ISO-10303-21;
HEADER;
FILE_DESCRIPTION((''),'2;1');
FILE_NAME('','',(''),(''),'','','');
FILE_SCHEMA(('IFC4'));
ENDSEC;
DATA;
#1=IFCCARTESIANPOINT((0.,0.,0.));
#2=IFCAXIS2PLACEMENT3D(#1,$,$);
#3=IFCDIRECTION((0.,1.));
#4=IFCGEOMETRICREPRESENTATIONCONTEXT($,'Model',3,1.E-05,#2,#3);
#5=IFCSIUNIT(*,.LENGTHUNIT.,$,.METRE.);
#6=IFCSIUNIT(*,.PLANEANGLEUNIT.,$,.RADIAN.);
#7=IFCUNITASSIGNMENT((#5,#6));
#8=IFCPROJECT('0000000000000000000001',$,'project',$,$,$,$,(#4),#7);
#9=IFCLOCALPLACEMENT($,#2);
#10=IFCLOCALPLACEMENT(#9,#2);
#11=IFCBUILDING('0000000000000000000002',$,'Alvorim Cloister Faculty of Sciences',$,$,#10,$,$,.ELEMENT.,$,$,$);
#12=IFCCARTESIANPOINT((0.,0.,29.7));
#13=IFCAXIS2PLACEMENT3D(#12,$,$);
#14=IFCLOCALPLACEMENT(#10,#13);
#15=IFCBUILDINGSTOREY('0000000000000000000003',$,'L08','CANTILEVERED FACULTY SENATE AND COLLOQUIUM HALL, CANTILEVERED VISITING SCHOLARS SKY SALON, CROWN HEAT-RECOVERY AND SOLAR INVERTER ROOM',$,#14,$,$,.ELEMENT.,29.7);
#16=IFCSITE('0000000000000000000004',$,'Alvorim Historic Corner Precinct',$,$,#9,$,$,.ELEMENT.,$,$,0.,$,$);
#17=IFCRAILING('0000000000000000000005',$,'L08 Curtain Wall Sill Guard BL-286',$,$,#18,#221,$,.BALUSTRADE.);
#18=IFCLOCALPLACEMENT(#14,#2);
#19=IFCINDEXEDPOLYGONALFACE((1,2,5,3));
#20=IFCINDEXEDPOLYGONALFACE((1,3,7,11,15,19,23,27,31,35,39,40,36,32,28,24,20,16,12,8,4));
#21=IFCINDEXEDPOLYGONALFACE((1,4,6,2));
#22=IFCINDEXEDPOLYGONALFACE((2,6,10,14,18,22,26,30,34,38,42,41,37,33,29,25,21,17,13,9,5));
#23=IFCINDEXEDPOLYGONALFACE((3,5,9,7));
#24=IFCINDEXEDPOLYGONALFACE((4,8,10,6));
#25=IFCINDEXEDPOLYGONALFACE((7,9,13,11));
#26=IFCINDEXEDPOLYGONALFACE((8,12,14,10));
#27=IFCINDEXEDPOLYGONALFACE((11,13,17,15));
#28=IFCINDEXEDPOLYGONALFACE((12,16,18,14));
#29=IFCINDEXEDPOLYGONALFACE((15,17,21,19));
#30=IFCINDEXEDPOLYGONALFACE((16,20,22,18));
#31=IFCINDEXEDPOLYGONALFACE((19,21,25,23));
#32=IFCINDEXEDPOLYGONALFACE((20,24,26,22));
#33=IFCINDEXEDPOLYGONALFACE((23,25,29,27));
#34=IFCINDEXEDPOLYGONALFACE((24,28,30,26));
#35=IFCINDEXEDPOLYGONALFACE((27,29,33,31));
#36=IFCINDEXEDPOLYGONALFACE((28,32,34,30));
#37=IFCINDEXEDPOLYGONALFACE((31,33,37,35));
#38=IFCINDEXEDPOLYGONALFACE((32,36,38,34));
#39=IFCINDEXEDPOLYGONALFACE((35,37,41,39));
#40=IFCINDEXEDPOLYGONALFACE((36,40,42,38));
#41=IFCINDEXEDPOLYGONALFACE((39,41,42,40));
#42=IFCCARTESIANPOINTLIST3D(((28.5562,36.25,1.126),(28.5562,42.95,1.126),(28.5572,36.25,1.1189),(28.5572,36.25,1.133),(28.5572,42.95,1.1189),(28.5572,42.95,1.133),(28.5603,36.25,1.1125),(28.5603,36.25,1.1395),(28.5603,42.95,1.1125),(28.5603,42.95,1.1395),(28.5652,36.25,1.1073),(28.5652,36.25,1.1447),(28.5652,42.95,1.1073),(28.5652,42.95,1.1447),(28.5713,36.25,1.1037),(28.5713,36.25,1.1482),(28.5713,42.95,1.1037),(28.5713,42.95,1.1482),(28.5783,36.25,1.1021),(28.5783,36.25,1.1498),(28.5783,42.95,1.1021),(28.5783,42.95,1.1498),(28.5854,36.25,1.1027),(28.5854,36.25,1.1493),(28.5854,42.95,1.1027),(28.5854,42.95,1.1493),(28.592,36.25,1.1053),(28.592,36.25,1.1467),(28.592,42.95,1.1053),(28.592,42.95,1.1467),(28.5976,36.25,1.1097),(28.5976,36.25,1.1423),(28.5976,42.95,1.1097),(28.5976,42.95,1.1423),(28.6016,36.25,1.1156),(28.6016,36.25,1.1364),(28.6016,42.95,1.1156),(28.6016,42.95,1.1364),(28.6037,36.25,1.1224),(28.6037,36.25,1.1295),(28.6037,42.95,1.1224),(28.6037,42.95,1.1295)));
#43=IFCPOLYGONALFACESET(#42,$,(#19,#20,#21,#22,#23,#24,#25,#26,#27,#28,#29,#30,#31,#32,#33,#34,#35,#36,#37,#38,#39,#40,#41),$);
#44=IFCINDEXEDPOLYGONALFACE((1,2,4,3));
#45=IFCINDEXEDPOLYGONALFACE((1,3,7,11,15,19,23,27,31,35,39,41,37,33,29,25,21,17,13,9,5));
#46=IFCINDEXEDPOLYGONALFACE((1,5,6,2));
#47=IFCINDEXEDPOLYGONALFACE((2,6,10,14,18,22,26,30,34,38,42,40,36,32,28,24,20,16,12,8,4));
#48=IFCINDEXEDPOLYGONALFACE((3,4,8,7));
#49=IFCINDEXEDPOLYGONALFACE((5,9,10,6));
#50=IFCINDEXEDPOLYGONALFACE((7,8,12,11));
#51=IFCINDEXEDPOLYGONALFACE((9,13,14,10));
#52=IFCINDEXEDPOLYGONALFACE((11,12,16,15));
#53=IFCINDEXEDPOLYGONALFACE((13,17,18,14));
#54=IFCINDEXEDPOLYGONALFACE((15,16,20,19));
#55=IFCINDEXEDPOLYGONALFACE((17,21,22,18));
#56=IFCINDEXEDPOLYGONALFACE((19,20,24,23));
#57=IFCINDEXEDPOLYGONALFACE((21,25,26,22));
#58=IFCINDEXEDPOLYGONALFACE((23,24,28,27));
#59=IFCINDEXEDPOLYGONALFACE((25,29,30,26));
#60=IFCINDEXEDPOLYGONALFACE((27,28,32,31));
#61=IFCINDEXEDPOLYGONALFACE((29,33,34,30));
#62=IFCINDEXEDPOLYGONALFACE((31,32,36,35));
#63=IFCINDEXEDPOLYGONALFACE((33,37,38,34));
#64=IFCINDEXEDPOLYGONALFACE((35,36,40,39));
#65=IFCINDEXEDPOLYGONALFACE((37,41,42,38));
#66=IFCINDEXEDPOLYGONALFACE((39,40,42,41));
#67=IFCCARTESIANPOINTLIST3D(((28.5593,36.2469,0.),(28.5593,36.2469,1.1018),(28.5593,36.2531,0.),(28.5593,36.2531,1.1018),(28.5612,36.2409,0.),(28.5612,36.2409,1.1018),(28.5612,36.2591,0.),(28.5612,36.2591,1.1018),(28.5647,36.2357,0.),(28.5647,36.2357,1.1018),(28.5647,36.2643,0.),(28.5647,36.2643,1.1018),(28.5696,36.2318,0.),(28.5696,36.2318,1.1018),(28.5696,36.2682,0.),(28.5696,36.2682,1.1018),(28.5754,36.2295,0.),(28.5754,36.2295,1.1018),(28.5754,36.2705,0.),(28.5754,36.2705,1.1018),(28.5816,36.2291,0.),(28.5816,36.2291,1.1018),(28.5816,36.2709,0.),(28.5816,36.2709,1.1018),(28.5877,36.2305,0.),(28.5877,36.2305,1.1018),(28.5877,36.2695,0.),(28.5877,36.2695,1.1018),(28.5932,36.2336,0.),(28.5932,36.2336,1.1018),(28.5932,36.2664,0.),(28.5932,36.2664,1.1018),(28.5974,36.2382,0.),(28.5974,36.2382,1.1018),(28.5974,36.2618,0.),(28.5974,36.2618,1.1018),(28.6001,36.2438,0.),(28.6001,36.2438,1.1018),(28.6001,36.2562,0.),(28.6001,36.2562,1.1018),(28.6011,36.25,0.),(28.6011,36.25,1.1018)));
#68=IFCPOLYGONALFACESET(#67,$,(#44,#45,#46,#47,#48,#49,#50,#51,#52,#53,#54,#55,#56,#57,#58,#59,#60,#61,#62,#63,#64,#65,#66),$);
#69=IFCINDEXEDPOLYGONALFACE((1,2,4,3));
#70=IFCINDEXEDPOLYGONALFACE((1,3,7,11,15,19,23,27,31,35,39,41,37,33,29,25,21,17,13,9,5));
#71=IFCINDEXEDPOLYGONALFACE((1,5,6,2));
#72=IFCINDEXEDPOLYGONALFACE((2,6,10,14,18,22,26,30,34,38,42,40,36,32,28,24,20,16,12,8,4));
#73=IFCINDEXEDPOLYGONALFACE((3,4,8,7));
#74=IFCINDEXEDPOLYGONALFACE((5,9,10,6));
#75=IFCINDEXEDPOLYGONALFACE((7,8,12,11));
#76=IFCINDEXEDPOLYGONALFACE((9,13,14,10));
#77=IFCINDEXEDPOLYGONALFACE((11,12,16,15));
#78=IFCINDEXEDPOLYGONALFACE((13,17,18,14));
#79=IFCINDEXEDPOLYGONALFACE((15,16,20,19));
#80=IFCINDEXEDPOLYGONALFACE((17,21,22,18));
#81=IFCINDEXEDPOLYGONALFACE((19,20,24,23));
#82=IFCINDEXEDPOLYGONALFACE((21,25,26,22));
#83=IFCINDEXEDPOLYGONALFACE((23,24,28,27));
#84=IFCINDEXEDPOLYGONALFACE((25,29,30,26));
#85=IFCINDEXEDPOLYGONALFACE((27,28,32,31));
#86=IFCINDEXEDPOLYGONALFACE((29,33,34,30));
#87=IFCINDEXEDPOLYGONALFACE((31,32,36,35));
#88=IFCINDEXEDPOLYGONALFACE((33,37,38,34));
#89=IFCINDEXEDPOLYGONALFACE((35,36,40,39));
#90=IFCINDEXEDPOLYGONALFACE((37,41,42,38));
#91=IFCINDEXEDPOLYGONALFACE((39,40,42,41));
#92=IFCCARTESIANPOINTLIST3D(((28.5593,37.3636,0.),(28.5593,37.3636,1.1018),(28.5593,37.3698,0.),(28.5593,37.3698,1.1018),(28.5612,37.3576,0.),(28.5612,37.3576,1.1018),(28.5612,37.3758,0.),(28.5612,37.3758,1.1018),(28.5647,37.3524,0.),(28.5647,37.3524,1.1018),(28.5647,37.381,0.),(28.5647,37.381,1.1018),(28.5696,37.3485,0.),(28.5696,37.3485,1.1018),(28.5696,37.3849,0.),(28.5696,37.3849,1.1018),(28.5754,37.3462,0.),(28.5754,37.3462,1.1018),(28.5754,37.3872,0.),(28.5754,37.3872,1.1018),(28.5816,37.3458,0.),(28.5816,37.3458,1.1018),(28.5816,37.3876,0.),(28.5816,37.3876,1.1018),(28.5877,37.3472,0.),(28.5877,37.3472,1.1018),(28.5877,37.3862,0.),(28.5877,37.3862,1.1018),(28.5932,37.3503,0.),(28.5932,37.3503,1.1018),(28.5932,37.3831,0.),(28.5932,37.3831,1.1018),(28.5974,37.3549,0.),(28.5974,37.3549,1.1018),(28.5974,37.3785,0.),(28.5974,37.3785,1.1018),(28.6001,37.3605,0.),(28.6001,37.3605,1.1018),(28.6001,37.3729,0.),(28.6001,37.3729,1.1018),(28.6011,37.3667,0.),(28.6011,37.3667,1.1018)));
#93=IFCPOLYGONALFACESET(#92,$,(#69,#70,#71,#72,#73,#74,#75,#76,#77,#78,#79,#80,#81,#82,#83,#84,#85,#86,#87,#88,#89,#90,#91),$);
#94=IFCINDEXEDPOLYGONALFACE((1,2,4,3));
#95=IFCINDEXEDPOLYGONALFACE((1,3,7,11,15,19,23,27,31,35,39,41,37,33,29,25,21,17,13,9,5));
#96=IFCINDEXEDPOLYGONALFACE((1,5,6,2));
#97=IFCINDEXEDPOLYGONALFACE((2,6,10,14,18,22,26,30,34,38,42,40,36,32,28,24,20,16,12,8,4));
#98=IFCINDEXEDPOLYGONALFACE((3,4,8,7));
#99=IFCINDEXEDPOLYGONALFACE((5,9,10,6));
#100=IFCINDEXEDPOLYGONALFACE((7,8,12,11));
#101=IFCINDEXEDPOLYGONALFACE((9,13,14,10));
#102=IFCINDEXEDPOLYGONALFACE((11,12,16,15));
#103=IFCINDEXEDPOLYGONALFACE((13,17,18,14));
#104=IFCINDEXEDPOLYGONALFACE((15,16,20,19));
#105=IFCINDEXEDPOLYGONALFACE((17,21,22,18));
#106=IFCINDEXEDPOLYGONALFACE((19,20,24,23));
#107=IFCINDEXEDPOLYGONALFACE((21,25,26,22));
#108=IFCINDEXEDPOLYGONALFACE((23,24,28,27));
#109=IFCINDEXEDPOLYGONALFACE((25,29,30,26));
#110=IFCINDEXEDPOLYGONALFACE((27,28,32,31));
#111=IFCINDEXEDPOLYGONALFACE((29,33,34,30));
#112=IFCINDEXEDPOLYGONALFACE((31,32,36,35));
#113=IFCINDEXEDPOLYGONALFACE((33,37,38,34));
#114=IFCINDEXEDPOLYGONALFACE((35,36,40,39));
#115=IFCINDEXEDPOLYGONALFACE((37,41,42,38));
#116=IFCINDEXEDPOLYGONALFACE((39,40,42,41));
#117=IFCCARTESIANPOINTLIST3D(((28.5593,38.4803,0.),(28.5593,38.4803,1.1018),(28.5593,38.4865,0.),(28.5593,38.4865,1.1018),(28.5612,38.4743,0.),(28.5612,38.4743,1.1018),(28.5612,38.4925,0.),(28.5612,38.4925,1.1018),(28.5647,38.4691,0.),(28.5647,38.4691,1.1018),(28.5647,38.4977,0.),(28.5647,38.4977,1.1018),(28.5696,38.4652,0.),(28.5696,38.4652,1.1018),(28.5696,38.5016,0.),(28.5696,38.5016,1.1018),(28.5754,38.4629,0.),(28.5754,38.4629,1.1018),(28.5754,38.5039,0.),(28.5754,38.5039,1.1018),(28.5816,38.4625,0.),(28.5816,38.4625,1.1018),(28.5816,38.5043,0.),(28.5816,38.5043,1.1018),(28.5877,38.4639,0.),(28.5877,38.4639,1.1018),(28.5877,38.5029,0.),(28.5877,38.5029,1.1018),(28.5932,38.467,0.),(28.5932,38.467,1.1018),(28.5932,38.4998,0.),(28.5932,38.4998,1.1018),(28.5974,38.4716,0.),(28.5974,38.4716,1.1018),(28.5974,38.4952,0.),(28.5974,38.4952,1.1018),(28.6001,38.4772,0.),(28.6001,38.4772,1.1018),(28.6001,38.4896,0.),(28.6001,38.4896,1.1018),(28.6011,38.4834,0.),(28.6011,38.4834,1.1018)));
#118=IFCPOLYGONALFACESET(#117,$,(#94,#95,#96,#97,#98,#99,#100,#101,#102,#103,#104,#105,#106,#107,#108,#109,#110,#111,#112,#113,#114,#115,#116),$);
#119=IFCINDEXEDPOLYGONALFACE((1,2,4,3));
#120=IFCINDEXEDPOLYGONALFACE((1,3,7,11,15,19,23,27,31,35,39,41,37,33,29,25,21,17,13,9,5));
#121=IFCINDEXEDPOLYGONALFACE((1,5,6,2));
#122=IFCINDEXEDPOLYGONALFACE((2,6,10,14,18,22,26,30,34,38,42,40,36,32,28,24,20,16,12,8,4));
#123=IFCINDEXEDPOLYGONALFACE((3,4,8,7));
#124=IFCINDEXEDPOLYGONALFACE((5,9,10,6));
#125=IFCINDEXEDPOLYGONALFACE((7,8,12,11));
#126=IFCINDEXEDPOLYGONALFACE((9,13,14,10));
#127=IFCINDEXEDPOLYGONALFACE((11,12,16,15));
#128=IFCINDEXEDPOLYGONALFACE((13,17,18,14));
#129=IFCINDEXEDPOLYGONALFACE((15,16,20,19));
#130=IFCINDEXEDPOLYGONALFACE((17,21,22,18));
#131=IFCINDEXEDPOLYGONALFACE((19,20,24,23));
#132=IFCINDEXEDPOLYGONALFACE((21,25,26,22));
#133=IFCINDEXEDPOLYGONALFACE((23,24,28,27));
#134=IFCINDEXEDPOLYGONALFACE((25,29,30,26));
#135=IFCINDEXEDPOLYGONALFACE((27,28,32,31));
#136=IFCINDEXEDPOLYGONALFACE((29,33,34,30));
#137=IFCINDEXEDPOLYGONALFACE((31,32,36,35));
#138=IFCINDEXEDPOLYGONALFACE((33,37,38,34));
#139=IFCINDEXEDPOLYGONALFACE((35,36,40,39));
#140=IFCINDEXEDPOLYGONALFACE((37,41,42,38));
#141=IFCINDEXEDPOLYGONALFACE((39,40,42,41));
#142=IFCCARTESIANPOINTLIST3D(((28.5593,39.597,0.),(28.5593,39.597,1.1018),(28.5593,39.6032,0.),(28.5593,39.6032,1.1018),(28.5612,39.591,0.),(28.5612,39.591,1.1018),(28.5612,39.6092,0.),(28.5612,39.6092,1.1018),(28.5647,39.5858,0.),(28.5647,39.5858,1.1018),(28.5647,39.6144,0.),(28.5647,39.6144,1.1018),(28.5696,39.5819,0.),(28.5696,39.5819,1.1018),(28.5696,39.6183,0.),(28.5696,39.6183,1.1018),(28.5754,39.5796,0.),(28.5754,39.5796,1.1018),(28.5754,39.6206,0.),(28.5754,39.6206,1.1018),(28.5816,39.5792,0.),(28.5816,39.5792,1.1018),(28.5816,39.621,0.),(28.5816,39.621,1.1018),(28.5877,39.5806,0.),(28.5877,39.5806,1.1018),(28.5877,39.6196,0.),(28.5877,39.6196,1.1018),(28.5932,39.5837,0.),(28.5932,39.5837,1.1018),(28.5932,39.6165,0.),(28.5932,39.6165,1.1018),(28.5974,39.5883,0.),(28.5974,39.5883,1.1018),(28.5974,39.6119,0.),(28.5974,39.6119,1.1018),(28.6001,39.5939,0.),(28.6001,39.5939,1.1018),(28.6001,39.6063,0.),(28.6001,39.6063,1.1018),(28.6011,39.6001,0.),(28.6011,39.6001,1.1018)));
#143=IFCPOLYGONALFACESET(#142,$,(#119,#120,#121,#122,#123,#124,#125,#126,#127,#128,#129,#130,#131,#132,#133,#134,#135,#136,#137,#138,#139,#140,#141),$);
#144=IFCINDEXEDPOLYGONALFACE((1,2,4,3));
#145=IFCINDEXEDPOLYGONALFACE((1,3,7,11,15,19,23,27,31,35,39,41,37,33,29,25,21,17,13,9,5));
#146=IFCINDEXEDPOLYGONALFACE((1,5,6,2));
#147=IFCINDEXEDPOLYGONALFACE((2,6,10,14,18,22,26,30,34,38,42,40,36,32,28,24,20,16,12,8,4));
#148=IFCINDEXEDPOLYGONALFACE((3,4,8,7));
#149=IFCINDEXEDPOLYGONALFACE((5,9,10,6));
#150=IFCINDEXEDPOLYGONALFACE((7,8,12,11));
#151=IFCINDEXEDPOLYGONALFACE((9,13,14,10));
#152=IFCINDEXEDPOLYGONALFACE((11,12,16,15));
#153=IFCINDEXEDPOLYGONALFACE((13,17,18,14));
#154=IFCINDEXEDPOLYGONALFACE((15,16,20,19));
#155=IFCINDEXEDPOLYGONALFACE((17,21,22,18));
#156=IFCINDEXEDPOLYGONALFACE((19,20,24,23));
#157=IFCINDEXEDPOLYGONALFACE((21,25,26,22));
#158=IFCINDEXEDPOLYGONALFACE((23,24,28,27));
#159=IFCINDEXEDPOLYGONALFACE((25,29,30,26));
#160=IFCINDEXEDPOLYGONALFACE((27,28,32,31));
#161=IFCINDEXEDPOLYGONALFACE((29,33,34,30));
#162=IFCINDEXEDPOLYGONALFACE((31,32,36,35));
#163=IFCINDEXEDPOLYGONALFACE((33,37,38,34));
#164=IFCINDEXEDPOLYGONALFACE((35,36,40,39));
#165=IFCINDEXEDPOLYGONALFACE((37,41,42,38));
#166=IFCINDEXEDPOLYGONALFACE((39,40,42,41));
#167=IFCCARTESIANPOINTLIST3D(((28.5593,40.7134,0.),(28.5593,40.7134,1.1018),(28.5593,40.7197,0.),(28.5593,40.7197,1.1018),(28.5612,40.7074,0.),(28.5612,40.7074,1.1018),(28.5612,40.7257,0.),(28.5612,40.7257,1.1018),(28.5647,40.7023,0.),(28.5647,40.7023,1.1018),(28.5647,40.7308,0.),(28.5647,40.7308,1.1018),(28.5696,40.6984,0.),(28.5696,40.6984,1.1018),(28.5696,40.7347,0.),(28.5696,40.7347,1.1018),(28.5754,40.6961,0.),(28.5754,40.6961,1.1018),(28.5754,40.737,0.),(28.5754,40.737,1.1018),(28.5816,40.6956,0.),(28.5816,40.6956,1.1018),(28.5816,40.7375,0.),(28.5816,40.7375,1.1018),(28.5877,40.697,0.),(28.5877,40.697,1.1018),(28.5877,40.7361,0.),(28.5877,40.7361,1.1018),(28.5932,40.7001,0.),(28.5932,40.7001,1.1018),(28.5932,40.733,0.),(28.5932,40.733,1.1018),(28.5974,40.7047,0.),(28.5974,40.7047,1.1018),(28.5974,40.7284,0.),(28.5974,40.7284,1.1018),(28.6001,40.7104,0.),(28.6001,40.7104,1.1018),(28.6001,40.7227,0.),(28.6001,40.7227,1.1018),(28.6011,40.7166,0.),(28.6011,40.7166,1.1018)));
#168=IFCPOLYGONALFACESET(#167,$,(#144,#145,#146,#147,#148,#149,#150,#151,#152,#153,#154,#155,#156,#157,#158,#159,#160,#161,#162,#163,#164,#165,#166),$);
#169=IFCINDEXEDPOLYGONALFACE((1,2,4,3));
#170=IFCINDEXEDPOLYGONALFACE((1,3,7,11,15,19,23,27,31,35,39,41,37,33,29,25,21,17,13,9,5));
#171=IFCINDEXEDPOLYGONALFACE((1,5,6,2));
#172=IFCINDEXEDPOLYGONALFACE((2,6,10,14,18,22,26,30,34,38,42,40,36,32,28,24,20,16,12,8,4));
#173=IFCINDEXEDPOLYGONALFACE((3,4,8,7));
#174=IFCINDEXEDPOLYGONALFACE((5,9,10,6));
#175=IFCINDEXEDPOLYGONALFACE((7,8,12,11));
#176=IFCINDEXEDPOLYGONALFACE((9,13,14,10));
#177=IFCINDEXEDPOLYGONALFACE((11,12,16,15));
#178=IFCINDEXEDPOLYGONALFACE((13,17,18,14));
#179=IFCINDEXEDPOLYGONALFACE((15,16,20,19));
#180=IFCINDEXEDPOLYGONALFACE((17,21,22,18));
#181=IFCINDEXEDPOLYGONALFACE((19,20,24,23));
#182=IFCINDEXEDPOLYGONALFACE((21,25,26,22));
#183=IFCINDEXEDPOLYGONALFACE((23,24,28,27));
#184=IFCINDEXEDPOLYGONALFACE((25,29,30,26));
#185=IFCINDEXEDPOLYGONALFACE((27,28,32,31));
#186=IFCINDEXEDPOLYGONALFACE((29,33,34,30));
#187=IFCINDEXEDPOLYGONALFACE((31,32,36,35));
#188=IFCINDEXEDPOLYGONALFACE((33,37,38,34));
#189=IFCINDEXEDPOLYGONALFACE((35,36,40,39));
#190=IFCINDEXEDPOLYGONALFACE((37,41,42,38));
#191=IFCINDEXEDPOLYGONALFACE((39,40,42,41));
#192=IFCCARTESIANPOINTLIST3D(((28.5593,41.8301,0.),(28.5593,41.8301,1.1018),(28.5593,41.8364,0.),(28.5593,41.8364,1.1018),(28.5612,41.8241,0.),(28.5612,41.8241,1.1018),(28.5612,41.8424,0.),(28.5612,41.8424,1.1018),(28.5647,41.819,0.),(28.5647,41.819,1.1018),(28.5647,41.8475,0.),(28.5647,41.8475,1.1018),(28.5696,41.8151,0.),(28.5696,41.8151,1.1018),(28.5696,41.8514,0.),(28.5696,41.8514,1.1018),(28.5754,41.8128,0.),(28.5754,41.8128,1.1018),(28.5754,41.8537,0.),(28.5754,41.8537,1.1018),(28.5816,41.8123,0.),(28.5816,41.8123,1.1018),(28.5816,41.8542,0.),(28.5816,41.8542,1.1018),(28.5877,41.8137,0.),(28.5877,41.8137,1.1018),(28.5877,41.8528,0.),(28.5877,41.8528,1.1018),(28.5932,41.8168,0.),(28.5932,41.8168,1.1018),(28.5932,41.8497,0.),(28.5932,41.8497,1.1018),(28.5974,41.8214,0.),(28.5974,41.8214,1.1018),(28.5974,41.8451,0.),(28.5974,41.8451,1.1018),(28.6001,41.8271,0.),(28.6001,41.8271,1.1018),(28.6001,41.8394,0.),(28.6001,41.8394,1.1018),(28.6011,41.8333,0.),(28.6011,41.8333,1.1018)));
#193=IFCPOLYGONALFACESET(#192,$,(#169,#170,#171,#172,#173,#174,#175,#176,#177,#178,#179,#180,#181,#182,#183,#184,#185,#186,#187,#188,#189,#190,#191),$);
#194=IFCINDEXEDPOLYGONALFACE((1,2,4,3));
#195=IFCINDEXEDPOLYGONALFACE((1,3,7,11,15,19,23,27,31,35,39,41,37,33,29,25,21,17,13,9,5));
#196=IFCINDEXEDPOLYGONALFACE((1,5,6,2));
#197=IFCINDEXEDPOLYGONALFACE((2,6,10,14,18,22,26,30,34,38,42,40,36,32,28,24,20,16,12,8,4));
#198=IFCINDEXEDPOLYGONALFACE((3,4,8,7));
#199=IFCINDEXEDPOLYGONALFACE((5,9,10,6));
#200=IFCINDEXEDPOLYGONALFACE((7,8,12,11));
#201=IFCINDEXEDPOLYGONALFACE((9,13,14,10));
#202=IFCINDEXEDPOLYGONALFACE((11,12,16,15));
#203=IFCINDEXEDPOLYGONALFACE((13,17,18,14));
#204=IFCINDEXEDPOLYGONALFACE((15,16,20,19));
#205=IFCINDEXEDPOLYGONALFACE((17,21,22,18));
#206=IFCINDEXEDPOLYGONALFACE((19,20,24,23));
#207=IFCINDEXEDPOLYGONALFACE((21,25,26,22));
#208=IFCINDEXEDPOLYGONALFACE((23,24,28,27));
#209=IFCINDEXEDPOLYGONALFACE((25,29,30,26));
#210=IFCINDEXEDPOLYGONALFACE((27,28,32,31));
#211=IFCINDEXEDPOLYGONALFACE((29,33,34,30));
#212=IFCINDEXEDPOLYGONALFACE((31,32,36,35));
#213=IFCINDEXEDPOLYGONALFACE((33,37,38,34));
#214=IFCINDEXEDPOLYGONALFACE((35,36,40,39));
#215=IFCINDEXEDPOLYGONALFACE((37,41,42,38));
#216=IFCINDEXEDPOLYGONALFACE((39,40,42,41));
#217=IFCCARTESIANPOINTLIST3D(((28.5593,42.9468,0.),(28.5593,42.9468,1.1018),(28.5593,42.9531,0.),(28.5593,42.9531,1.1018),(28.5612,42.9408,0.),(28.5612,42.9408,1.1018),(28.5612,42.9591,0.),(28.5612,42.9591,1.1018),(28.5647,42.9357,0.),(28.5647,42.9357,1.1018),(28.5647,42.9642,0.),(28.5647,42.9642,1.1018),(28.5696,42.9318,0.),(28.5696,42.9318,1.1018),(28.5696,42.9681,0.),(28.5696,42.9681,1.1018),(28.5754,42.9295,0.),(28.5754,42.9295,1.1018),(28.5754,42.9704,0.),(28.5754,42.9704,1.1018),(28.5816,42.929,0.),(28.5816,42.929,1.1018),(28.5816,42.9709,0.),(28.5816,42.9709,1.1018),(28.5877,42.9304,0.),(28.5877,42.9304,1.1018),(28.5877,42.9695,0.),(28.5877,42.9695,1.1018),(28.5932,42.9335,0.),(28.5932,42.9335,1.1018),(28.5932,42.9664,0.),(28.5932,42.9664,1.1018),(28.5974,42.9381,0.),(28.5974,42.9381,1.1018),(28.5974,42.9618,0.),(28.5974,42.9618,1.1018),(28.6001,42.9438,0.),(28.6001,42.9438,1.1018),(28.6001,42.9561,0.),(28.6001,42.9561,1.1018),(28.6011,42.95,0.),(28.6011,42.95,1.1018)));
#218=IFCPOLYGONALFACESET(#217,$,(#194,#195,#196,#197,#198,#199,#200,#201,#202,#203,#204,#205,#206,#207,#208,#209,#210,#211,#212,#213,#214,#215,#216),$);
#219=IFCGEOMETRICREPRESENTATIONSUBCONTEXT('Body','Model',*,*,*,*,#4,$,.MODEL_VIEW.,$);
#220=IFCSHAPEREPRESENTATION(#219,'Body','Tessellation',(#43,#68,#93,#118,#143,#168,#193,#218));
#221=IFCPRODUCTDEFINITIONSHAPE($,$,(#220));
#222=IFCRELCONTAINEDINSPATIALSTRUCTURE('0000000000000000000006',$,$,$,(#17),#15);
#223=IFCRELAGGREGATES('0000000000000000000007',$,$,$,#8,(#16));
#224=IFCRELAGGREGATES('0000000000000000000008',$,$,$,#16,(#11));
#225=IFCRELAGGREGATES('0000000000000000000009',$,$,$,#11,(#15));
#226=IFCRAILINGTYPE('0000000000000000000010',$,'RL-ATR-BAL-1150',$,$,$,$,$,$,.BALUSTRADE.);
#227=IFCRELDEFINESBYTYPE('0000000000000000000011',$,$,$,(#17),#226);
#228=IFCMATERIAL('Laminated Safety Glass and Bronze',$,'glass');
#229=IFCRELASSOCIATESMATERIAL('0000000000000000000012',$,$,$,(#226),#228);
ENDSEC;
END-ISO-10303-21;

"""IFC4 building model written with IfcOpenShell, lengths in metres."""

from ifc_helpers import new_model, si_unit, direction, frame, origin, origin_2d, place, context, subcontext, project, spatial, circle, extrude, material, type_object, element, save


model = new_model("IFC4")

# Units and contexts
model_context = context("Model", 3, precision=1e-05, world=origin(), true_north=direction((0.0, 1.0)))
body_context = subcontext(model_context, "Body", "Model", "MODEL_VIEW")
ifc_project = project(units=[si_unit("LENGTHUNIT", "METRE"), si_unit("PLANEANGLEUNIT", "RADIAN")], contexts=[model_context])

# Site, building, storey
site_placement = place(None, origin())
site = spatial("IfcSite", under=ifc_project, at=site_placement, Name="Alvorim Historic Corner Precinct", CompositionType="ELEMENT", RefElevation=0.0)
building_placement = place(site_placement, origin())
building = spatial("IfcBuilding", under=site, at=building_placement, Name="Alvorim Cloister Faculty of Sciences", CompositionType="ELEMENT")
storey_placement = place(building_placement, frame((0.0, 0.0, 29.7)))
storey = spatial("IfcBuildingStorey", under=building, at=storey_placement, Name="L08", Description="CANTILEVERED FACULTY SENATE AND COLLOQUIUM HALL, CANTILEVERED VISITING SCHOLARS SKY SALON, CROWN HEAT-RECOVERY AND SOLAR INVERTER ROOM", CompositionType="ELEMENT", Elevation=29.7)

# Railing
ifc_material_1 = material(Name="Laminated Safety Glass and Bronze", Category="glass")
railing_type = type_object("IfcRailingType", Name="RL-ATR-BAL-1150", PredefinedType="BALUSTRADE", material=ifc_material_1)
railing_placement = place(storey_placement, frame((28.5801, 36.25, 0.0)))
element("IfcRailing", 1, at=railing_placement, inside=storey, type_object=railing_type, Name="L08 Curtain Wall Sill Guard BL-286", PredefinedType="BALUSTRADE", context=body_context, shape_type="SweptSolid", body=[
    extrude(circle(Radius=0.0239, at=origin_2d()), frame((0.0, 0.0, 1.126), z_axis=(0.0, 1.0, 0.0), x_axis=(-1.0, 0.0, 0.0)), (0.0, 0.0, 1.0), 6.7),
    extrude(circle(Radius=0.021, at=origin_2d()), origin(), (0.0, 0.0, 1.0), 1.1018),
    extrude(circle(Radius=0.021, at=origin_2d()), frame((0.0, 1.1167, 0.0)), (0.0, 0.0, 1.0), 1.1018),
    extrude(circle(Radius=0.021, at=origin_2d()), frame((0.0, 2.2334, 0.0)), (0.0, 0.0, 1.0), 1.1018),
    extrude(circle(Radius=0.021, at=origin_2d()), frame((0.0, 3.3501, 0.0)), (0.0, 0.0, 1.0), 1.1018),
    extrude(circle(Radius=0.021, at=origin_2d()), frame((0.0, 4.4666, 0.0)), (0.0, 0.0, 1.0), 1.1018),
    extrude(circle(Radius=0.021, at=origin_2d()), frame((0.0, 5.5833, 0.0)), (0.0, 0.0, 1.0), 1.1018),
    extrude(circle(Radius=0.021, at=origin_2d()), frame((0.0, 6.7, 0.0)), (0.0, 0.0, 1.0), 1.1018),
])

save(model, "model.ifc")
